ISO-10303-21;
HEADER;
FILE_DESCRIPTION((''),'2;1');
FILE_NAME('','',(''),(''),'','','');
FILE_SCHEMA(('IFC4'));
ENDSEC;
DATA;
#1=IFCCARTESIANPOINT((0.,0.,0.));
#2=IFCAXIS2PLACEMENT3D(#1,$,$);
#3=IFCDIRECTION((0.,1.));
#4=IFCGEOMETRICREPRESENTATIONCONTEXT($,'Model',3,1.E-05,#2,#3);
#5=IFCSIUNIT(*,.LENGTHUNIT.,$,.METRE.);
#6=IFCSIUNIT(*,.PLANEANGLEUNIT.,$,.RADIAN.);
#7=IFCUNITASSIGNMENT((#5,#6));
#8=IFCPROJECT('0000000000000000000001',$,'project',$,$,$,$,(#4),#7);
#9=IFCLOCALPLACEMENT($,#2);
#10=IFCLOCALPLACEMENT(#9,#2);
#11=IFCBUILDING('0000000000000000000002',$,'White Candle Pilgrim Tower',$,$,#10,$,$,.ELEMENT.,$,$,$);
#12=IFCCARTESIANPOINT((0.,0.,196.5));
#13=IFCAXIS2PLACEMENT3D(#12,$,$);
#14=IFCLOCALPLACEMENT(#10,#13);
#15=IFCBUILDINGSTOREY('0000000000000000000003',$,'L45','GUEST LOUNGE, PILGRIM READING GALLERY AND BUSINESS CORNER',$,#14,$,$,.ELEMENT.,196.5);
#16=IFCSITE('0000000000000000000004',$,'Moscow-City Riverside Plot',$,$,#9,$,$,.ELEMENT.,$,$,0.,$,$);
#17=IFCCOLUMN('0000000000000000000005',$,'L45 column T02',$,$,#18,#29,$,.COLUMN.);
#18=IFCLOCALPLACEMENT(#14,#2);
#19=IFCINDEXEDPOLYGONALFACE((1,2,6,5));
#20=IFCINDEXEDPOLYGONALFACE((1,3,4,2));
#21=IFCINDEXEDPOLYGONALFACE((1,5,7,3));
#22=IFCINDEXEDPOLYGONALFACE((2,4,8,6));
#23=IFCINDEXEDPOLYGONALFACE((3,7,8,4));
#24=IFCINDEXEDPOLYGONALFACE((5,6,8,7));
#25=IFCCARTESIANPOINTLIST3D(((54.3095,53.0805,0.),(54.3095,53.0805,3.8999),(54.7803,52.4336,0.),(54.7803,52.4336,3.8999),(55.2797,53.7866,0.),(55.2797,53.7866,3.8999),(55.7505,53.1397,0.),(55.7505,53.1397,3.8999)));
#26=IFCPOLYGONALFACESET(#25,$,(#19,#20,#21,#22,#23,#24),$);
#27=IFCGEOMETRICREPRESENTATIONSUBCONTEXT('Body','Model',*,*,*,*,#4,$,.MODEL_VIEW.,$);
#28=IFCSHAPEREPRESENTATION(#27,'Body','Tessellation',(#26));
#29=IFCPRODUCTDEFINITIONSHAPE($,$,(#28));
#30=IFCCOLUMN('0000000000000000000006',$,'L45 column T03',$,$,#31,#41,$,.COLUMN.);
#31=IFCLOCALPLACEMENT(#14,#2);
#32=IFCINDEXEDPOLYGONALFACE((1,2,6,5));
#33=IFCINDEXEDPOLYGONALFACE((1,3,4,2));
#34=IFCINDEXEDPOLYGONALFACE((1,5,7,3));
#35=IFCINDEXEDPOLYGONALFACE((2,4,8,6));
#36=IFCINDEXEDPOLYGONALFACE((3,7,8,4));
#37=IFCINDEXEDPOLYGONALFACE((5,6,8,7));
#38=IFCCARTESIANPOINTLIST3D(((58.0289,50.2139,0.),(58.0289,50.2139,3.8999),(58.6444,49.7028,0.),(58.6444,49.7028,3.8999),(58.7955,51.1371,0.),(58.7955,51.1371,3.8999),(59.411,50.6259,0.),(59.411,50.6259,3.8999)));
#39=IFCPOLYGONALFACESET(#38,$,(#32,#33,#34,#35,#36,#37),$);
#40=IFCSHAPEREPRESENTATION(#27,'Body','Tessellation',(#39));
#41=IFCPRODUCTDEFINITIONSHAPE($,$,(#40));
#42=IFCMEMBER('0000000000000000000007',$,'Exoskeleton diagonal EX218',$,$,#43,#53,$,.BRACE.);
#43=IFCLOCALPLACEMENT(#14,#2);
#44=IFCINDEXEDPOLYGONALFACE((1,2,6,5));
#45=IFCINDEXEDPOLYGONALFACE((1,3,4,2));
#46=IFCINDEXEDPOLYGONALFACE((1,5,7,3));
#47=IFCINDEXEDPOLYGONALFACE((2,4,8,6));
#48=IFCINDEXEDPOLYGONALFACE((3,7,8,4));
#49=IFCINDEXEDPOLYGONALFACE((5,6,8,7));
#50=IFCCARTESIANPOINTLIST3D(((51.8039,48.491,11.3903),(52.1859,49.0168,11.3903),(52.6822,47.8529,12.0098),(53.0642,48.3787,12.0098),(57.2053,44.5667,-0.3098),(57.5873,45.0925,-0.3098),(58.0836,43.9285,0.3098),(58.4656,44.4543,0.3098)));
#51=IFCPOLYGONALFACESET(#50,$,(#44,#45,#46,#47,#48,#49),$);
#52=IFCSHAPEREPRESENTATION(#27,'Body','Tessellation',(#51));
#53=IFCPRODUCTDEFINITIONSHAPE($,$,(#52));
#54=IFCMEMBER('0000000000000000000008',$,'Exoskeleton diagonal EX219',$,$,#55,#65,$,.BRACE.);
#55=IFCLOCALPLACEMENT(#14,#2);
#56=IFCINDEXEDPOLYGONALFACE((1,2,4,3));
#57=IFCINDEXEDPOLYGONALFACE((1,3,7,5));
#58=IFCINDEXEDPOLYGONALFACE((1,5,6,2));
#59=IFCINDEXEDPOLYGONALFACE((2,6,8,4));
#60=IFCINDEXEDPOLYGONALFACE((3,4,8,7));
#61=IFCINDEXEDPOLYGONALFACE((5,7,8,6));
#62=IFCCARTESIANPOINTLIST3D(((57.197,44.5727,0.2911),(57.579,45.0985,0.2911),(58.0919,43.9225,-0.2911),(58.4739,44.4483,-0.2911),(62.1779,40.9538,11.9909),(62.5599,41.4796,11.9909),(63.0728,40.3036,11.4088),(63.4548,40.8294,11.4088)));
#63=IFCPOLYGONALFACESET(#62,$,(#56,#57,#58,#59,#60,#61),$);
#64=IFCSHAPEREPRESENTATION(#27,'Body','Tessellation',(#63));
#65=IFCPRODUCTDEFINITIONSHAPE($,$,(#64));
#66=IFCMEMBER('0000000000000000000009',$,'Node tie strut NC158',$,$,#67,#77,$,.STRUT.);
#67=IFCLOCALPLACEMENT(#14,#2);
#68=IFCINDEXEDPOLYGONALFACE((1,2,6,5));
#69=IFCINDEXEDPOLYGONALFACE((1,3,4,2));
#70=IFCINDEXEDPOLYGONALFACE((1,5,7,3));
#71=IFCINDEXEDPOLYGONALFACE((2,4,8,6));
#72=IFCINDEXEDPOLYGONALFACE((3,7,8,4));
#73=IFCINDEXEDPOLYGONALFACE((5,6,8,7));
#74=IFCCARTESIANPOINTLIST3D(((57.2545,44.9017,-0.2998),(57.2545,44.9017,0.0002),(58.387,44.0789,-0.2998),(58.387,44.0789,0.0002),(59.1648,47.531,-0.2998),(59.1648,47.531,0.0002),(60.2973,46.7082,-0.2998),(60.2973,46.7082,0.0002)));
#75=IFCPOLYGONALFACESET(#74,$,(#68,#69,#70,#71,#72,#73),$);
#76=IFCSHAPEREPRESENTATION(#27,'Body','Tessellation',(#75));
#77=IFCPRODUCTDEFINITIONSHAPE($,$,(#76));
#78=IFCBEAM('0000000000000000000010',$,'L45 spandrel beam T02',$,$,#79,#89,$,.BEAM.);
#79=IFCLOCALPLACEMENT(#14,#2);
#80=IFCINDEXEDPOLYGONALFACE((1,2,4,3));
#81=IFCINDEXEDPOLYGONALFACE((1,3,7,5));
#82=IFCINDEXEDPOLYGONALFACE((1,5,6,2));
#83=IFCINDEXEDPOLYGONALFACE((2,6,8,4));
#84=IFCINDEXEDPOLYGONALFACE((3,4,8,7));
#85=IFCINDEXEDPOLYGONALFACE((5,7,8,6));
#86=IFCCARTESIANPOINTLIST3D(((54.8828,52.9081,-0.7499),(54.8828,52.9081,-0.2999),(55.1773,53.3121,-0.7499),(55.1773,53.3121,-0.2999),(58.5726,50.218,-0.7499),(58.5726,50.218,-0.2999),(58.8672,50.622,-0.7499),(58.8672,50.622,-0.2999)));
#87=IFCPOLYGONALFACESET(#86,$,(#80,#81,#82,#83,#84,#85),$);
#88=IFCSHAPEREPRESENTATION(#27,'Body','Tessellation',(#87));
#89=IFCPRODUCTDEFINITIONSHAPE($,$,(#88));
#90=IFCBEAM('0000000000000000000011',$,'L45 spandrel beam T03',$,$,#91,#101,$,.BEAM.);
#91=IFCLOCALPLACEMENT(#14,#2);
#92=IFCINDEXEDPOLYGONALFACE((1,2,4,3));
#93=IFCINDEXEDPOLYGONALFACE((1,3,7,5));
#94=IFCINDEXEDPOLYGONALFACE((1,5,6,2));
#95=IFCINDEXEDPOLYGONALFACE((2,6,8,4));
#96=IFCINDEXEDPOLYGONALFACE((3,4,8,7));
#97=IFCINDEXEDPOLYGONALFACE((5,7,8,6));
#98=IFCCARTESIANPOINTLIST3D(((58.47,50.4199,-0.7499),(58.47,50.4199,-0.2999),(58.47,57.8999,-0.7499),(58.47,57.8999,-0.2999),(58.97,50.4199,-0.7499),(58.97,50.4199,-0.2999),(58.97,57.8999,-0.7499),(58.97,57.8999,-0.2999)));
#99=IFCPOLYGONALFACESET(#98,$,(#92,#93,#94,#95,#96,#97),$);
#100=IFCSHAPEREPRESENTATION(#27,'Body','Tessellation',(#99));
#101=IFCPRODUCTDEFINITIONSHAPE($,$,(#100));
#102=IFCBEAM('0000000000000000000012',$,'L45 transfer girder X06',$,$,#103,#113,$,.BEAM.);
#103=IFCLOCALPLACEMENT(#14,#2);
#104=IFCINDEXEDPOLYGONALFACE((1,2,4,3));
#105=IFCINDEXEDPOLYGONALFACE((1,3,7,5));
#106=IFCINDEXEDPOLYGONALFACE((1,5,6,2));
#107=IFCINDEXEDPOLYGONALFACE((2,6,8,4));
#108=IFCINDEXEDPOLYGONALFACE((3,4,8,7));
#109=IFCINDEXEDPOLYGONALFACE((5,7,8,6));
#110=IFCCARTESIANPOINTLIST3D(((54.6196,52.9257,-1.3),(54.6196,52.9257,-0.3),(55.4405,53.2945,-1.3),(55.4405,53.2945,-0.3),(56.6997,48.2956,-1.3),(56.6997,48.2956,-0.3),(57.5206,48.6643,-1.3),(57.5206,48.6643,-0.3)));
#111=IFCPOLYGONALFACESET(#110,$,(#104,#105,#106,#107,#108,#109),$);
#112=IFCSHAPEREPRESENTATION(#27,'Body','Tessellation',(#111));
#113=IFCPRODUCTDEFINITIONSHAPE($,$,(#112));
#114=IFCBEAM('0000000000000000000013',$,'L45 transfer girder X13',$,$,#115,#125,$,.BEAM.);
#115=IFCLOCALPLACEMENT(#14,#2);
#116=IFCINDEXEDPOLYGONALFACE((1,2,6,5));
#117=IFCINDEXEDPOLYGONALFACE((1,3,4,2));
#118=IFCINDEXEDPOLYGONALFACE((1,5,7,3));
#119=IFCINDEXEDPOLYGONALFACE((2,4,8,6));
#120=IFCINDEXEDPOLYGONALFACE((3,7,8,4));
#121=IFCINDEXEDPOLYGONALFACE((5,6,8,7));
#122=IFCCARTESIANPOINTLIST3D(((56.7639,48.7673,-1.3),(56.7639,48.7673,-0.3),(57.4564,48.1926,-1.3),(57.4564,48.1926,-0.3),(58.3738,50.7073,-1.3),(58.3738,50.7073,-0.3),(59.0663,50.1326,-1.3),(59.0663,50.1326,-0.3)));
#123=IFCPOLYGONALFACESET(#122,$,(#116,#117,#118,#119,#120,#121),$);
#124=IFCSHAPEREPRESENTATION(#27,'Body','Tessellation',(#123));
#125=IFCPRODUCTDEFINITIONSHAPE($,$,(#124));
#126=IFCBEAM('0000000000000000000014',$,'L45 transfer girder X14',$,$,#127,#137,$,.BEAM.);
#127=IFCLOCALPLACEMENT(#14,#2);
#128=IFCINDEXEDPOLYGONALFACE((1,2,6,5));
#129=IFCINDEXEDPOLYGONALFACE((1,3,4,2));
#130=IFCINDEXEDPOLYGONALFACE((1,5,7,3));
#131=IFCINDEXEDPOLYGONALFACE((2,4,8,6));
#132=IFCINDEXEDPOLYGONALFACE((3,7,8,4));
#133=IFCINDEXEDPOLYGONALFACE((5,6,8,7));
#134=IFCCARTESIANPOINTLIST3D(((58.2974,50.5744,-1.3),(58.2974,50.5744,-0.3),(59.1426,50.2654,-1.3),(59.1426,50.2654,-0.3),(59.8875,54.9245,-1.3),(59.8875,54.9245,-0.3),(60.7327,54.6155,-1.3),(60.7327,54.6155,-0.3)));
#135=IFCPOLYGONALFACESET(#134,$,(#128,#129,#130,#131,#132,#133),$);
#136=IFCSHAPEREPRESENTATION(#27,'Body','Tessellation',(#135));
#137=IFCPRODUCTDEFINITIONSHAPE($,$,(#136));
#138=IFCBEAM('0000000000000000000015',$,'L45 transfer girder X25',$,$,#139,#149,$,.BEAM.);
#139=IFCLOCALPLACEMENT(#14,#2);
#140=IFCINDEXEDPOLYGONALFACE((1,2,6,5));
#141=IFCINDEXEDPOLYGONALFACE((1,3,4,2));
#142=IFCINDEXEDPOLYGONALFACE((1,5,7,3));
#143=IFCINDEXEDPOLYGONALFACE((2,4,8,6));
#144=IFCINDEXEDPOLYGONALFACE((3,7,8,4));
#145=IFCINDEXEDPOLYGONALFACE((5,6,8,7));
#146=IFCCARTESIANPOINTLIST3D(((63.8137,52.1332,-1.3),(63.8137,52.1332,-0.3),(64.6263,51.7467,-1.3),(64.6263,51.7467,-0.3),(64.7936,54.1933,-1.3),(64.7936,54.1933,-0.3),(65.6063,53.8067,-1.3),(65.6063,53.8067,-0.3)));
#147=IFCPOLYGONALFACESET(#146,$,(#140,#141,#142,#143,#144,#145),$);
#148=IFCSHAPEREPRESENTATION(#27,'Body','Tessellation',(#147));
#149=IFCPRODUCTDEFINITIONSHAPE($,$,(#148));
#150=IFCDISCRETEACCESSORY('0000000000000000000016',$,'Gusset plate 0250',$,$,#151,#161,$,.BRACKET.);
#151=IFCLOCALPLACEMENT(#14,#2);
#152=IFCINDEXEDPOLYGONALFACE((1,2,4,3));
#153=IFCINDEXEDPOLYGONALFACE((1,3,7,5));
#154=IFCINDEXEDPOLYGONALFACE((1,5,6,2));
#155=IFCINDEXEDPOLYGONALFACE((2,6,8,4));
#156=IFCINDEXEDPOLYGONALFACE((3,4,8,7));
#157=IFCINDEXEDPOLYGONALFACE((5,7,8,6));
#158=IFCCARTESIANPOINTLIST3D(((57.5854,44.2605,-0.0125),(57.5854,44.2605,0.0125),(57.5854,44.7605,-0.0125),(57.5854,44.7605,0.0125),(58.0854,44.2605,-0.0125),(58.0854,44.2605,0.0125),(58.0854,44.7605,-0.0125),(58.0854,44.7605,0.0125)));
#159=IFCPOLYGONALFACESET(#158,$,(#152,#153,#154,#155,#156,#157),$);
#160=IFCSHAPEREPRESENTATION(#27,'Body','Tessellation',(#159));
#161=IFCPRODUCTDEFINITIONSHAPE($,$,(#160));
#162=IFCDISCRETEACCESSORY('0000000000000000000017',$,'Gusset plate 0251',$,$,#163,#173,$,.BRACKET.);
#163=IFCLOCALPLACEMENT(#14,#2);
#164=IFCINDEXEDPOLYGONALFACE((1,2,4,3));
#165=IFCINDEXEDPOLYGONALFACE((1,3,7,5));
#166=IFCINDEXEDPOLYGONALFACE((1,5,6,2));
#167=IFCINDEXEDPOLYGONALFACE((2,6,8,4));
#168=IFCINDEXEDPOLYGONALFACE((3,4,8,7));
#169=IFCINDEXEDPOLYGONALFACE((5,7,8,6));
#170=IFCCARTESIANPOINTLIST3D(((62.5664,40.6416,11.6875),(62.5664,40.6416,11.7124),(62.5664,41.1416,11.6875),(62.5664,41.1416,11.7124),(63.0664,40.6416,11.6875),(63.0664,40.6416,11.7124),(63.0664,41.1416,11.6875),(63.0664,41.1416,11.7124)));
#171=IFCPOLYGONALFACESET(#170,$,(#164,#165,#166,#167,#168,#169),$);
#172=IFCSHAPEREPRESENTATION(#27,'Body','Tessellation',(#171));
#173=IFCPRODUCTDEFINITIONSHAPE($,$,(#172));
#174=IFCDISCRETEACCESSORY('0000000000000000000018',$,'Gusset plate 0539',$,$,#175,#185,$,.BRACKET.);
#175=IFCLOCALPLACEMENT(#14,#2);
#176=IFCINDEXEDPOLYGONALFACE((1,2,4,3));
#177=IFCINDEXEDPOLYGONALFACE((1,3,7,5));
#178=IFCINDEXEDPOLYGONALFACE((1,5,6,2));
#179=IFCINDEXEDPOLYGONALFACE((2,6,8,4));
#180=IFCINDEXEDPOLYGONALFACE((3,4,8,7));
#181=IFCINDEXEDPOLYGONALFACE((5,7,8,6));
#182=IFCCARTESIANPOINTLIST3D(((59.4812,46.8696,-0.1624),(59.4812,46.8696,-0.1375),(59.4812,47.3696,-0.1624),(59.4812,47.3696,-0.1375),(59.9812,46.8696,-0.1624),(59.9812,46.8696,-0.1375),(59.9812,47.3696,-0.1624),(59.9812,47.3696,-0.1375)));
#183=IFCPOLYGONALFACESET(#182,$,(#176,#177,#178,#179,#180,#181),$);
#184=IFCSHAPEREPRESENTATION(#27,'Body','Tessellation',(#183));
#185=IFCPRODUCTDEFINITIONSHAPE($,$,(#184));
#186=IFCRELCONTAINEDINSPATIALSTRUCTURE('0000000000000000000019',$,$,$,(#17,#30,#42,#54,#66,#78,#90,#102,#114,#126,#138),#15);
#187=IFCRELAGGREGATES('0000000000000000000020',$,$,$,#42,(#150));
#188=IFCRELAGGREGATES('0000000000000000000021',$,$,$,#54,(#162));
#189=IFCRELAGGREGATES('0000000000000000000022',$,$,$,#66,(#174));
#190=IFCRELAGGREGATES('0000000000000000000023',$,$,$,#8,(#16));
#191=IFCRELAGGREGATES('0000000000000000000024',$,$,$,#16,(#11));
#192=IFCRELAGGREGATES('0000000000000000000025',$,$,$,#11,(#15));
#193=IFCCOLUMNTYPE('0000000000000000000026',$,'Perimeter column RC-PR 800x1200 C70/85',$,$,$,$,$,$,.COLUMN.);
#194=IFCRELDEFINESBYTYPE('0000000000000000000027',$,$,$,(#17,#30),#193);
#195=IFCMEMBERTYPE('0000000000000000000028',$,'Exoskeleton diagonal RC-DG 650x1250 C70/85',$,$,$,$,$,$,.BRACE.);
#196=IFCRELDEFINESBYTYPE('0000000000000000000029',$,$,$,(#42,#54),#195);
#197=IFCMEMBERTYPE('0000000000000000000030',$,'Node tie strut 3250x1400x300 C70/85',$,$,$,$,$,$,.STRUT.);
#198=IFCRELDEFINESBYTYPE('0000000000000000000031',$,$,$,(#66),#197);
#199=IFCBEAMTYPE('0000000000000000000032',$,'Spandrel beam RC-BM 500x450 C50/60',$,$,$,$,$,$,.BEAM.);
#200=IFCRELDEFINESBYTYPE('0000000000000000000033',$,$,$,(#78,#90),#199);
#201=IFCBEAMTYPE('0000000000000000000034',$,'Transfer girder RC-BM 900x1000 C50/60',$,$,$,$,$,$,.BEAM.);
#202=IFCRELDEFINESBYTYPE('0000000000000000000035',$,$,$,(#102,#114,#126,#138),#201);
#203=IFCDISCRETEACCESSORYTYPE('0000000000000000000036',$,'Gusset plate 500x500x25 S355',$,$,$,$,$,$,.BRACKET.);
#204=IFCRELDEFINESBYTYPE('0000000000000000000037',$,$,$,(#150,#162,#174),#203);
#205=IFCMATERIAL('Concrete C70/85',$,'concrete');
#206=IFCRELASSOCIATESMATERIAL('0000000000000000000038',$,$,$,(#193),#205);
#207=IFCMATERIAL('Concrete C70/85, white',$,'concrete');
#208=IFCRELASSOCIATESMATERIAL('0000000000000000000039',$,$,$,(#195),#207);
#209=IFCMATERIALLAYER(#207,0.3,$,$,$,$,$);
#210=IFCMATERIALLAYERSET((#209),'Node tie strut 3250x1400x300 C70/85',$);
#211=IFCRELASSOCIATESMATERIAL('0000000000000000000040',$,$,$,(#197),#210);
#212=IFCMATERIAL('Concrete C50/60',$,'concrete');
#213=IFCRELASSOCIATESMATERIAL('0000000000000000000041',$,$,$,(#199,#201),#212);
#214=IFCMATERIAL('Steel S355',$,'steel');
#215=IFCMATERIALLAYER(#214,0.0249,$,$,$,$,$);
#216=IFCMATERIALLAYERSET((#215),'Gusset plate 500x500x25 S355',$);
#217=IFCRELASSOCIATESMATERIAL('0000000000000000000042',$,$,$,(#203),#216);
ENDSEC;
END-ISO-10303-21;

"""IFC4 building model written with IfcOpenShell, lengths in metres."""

from ifc_helpers import new_model, si_unit, direction, frame, origin, origin_2d, place, context, subcontext, project, spatial, rectangle, extrude, material, layer, layer_set, material_profile, profile_set, type_object, element, aggregate, save


model = new_model("IFC4")

# Units and contexts
model_context = context("Model", 3, precision=1e-05, world=origin(), true_north=direction((0.0, 1.0)))
body_context = subcontext(model_context, "Body", "Model", "MODEL_VIEW")
ifc_project = project(units=[si_unit("LENGTHUNIT", "METRE"), si_unit("PLANEANGLEUNIT", "RADIAN")], contexts=[model_context])

# Site, building, storey
site_placement = place(None, origin())
site = spatial("IfcSite", under=ifc_project, at=site_placement, Name="Moscow-City Riverside Plot", CompositionType="ELEMENT", RefElevation=0.0)
building_placement = place(site_placement, origin())
building = spatial("IfcBuilding", under=site, at=building_placement, Name="White Candle Pilgrim Tower", CompositionType="ELEMENT")
storey_placement = place(building_placement, frame((0.0, 0.0, 196.5)))
storey = spatial("IfcBuildingStorey", under=building, at=storey_placement, Name="L45", Description="GUEST LOUNGE, PILGRIM READING GALLERY AND BUSINESS CORNER", CompositionType="ELEMENT", Elevation=196.5)

# Columns
ifc_material_1 = material(Name="Concrete C70/85", Category="concrete")
ifc_material_profile_1 = material_profile(ifc_material_1, rectangle(XDim=0.8, YDim=1.2, at=origin_2d()), Name="RC-PR 800x1200")
ifc_profile_set_1 = profile_set([ifc_material_profile_1], Name="Concrete C70/85")
column_type = type_object("IfcColumnType", Name="Perimeter column RC-PR 800x1200 C70/85", PredefinedType="COLUMN", material=ifc_profile_set_1)
for number, where, z_axis, x_axis, name in (
    (1, (55.03, 53.1101, 0.0), (0.0, 0.0, 1.0), (-0.588463, 0.808524, 0.0), "L45 column T02"),
    (2, (58.72, 50.4199, 0.0), (0.0, 0.0, 1.0), (-0.76931, 0.638875, 0.0), "L45 column T03"),
):
    element("IfcColumn", number, at=place(storey_placement, frame(where, z_axis=z_axis, x_axis=x_axis)), inside=storey, type_object=column_type, Name=name, PredefinedType="COLUMN", context=body_context, shape_type="SweptSolid", body=[
        extrude(rectangle(XDim=0.8, YDim=1.2, at=origin_2d()), origin(), (0.0, 0.0, 1.0), 3.8999),
    ])

# Members
ifc_material_2 = material(Name="Concrete C70/85, white", Category="concrete")
ifc_material_profile_2 = material_profile(ifc_material_2, rectangle(XDim=0.6499, YDim=1.25, at=origin_2d()), Name="RC-DG 650x1250")
ifc_profile_set_2 = profile_set([ifc_material_profile_2], Name="Concrete C70/85, white")
member_type_1 = type_object("IfcMemberType", Name="Exoskeleton diagonal RC-DG 650x1250 C70/85", PredefinedType="BRACE", material=ifc_profile_set_2)
member_1_placement = place(storey_placement, frame((57.8354, 44.5105, 0.0), z_axis=(-0.400967, 0.291319, 0.868538), x_axis=(-0.587785, -0.809017, 0.0)))
member_1 = element("IfcMember", 3, at=member_1_placement, inside=storey, type_object=member_type_1, Name="Exoskeleton diagonal EX218", PredefinedType="BRACE", context=body_context, shape_type="SweptSolid", body=[
    extrude(rectangle(XDim=0.6499, YDim=1.25, at=origin_2d()), origin(), (0.0, 0.0, 1.0), 13.4709),
])
member_2_placement = place(storey_placement, frame((57.8354, 44.5105, 0.0), z_axis=(0.376745, -0.273723, 0.884951), x_axis=(0.587787, 0.809015, 0.0)))
member_2 = element("IfcMember", 4, at=member_2_placement, inside=storey, type_object=member_type_1, Name="Exoskeleton diagonal EX219", PredefinedType="BRACE", context=body_context, shape_type="SweptSolid", body=[
    extrude(rectangle(XDim=0.6499, YDim=1.25, at=origin_2d()), origin(), (0.0, 0.0, 1.0), 13.2209),
])
ifc_layer_1 = layer(ifc_material_2, 0.3)
ifc_layer_set_1 = layer_set([ifc_layer_1], Name="Node tie strut 3250x1400x300 C70/85")
member_type_2 = type_object("IfcMemberType", Name="Node tie strut 3250x1400x300 C70/85", PredefinedType="STRUT", material=ifc_layer_set_1)
member_3_placement = place(storey_placement, frame((58.7759, 45.8049, -0.2998), z_axis=(0.0, 0.0, 1.0), x_axis=(0.809017, -0.587785, 0.0)))
member_3 = element("IfcMember", 5, at=member_3_placement, inside=storey, type_object=member_type_2, Name="Node tie strut NC158", PredefinedType="STRUT", context=body_context, shape_type="SweptSolid", body=[
    extrude(rectangle(XDim=1.3999, YDim=3.25, at=origin_2d()), origin(), (0.0, 0.0, 1.0), 0.3),
])

# Beams
ifc_material_3 = material(Name="Concrete C50/60", Category="concrete")
ifc_material_profile_3 = material_profile(ifc_material_3, rectangle(XDim=0.5, YDim=0.45, at=origin_2d()), Name="RC-BM 500x450")
ifc_profile_set_3 = profile_set([ifc_material_profile_3], Name="Concrete C50/60")
beam_type_1 = type_object("IfcBeamType", Name="Spandrel beam RC-BM 500x450 C50/60", PredefinedType="BEAM", material=ifc_profile_set_3)
beam_1_placement = place(storey_placement, frame((55.03, 53.1101, -0.5249), z_axis=(0.808049, -0.589115, 0.0), x_axis=(0.589115, 0.808049, 0.0)))
element("IfcBeam", 6, at=beam_1_placement, inside=storey, type_object=beam_type_1, Name="L45 spandrel beam T02", PredefinedType="BEAM", context=body_context, shape_type="SweptSolid", body=[
    extrude(rectangle(XDim=0.5, YDim=0.45, at=origin_2d()), origin(), (0.0, 0.0, 1.0), 4.5664),
])
beam_2_placement = place(storey_placement, frame((58.72, 50.4199, -0.5249), z_axis=(0.0, 1.0, 0.0), x_axis=(-1.0, 0.0, 0.0)))
element("IfcBeam", 7, at=beam_2_placement, inside=storey, type_object=beam_type_1, Name="L45 spandrel beam T03", PredefinedType="BEAM", context=body_context, shape_type="SweptSolid", body=[
    extrude(rectangle(XDim=0.5, YDim=0.45, at=origin_2d()), origin(), (0.0, 0.0, 1.0), 7.48),
])
ifc_material_profile_4 = material_profile(ifc_material_3, rectangle(XDim=0.8999, YDim=1.0, at=origin_2d()), Name="RC-BM 900x1000")
ifc_profile_set_4 = profile_set([ifc_material_profile_4], Name="Concrete C50/60")
beam_type_2 = type_object("IfcBeamType", Name="Transfer girder RC-BM 900x1000 C50/60", PredefinedType="BEAM", material=ifc_profile_set_4)
beam_3_placement = place(storey_placement, frame((55.03, 53.1101, -0.8), z_axis=(0.409795, -0.912178, 0.0), x_axis=(0.912178, 0.409795, 0.0)))
element("IfcBeam", 8, at=beam_3_placement, inside=storey, type_object=beam_type_2, Name="L45 transfer girder X06", PredefinedType="BEAM", context=body_context, shape_type="SweptSolid", body=[
    extrude(rectangle(XDim=0.8999, YDim=1.0, at=origin_2d()), origin(), (0.0, 0.0, 1.0), 5.0759),
])
beam_4_placement = place(storey_placement, frame((57.1101, 48.48, -0.8), z_axis=(0.638602, 0.769537, 0.0), x_axis=(-0.769537, 0.638602, 0.0)))
element("IfcBeam", 9, at=beam_4_placement, inside=storey, type_object=beam_type_2, Name="L45 transfer girder X13", PredefinedType="BEAM", context=body_context, shape_type="SweptSolid", body=[
    extrude(rectangle(XDim=0.8999, YDim=1.0, at=origin_2d()), origin(), (0.0, 0.0, 1.0), 2.521),
])
beam_5_placement = place(storey_placement, frame((58.72, 50.4199, -0.8), z_axis=(0.343313, 0.939221, 0.0), x_axis=(-0.939221, 0.343313, 0.0)))
element("IfcBeam", 10, at=beam_5_placement, inside=storey, type_object=beam_type_2, Name="L45 transfer girder X14", PredefinedType="BEAM", context=body_context, shape_type="SweptSolid", body=[
    extrude(rectangle(XDim=0.8999, YDim=1.0, at=origin_2d()), origin(), (0.0, 0.0, 1.0), 4.6316),
])
beam_6_placement = place(storey_placement, frame((64.22, 51.9399, -0.8), z_axis=(0.429576, 0.903031, 0.0), x_axis=(-0.903031, 0.429576, 0.0)))
element("IfcBeam", 11, at=beam_6_placement, inside=storey, type_object=beam_type_2, Name="L45 transfer girder X25", PredefinedType="BEAM", context=body_context, shape_type="SweptSolid", body=[
    extrude(rectangle(XDim=0.8999, YDim=1.0, at=origin_2d()), origin(), (0.0, 0.0, 1.0), 2.2812),
])

# Discrete accessories
ifc_material_4 = material(Name="Steel S355", Category="steel")
ifc_layer_2 = layer(ifc_material_4, 0.0249)
ifc_layer_set_2 = layer_set([ifc_layer_2], Name="Gusset plate 500x500x25 S355")
discrete_accessory_type = type_object("IfcDiscreteAccessoryType", Name="Gusset plate 500x500x25 S355", PredefinedType="BRACKET", material=ifc_layer_set_2)
discrete_accessory_1_placement = place(storey_placement, frame((57.8354, 44.5105, -0.0125), z_axis=(0.0, 0.0, 1.0), x_axis=(1.0, 0.0, 0.0)))
discrete_accessory_1 = element("IfcDiscreteAccessory", 12, at=discrete_accessory_1_placement, type_object=discrete_accessory_type, Name="Gusset plate 0250", PredefinedType="BRACKET", context=body_context, shape_type="SweptSolid", body=[
    extrude(rectangle(XDim=0.5, YDim=0.5, at=origin_2d()), origin(), (0.0, 0.0, 1.0), 0.0249),
])
aggregate(member_1, [discrete_accessory_1])
placement = place(building_placement, frame((0.0, 0.0, 208.2)))
discrete_accessory_2_placement = place(placement, frame((62.8164, 40.8916, -0.0125), z_axis=(0.0, 0.0, 1.0), x_axis=(1.0, 0.0, 0.0)))
discrete_accessory_2 = element("IfcDiscreteAccessory", 13, at=discrete_accessory_2_placement, type_object=discrete_accessory_type, Name="Gusset plate 0251", PredefinedType="BRACKET", context=body_context, shape_type="SweptSolid", body=[
    extrude(rectangle(XDim=0.5, YDim=0.5, at=origin_2d()), origin(), (0.0, 0.0, 1.0), 0.0249),
])
aggregate(member_2, [discrete_accessory_2])
discrete_accessory_3_placement = place(storey_placement, frame((59.7312, 47.1196, -0.1624), z_axis=(0.0, 0.0, 1.0), x_axis=(1.0, 0.0, 0.0)))
discrete_accessory_3 = element("IfcDiscreteAccessory", 14, at=discrete_accessory_3_placement, type_object=discrete_accessory_type, Name="Gusset plate 0539", PredefinedType="BRACKET", context=body_context, shape_type="SweptSolid", body=[
    extrude(rectangle(XDim=0.5, YDim=0.5, at=origin_2d()), origin(), (0.0, 0.0, 1.0), 0.0249),
])
aggregate(member_3, [discrete_accessory_3])

save(model, "model.ifc")
